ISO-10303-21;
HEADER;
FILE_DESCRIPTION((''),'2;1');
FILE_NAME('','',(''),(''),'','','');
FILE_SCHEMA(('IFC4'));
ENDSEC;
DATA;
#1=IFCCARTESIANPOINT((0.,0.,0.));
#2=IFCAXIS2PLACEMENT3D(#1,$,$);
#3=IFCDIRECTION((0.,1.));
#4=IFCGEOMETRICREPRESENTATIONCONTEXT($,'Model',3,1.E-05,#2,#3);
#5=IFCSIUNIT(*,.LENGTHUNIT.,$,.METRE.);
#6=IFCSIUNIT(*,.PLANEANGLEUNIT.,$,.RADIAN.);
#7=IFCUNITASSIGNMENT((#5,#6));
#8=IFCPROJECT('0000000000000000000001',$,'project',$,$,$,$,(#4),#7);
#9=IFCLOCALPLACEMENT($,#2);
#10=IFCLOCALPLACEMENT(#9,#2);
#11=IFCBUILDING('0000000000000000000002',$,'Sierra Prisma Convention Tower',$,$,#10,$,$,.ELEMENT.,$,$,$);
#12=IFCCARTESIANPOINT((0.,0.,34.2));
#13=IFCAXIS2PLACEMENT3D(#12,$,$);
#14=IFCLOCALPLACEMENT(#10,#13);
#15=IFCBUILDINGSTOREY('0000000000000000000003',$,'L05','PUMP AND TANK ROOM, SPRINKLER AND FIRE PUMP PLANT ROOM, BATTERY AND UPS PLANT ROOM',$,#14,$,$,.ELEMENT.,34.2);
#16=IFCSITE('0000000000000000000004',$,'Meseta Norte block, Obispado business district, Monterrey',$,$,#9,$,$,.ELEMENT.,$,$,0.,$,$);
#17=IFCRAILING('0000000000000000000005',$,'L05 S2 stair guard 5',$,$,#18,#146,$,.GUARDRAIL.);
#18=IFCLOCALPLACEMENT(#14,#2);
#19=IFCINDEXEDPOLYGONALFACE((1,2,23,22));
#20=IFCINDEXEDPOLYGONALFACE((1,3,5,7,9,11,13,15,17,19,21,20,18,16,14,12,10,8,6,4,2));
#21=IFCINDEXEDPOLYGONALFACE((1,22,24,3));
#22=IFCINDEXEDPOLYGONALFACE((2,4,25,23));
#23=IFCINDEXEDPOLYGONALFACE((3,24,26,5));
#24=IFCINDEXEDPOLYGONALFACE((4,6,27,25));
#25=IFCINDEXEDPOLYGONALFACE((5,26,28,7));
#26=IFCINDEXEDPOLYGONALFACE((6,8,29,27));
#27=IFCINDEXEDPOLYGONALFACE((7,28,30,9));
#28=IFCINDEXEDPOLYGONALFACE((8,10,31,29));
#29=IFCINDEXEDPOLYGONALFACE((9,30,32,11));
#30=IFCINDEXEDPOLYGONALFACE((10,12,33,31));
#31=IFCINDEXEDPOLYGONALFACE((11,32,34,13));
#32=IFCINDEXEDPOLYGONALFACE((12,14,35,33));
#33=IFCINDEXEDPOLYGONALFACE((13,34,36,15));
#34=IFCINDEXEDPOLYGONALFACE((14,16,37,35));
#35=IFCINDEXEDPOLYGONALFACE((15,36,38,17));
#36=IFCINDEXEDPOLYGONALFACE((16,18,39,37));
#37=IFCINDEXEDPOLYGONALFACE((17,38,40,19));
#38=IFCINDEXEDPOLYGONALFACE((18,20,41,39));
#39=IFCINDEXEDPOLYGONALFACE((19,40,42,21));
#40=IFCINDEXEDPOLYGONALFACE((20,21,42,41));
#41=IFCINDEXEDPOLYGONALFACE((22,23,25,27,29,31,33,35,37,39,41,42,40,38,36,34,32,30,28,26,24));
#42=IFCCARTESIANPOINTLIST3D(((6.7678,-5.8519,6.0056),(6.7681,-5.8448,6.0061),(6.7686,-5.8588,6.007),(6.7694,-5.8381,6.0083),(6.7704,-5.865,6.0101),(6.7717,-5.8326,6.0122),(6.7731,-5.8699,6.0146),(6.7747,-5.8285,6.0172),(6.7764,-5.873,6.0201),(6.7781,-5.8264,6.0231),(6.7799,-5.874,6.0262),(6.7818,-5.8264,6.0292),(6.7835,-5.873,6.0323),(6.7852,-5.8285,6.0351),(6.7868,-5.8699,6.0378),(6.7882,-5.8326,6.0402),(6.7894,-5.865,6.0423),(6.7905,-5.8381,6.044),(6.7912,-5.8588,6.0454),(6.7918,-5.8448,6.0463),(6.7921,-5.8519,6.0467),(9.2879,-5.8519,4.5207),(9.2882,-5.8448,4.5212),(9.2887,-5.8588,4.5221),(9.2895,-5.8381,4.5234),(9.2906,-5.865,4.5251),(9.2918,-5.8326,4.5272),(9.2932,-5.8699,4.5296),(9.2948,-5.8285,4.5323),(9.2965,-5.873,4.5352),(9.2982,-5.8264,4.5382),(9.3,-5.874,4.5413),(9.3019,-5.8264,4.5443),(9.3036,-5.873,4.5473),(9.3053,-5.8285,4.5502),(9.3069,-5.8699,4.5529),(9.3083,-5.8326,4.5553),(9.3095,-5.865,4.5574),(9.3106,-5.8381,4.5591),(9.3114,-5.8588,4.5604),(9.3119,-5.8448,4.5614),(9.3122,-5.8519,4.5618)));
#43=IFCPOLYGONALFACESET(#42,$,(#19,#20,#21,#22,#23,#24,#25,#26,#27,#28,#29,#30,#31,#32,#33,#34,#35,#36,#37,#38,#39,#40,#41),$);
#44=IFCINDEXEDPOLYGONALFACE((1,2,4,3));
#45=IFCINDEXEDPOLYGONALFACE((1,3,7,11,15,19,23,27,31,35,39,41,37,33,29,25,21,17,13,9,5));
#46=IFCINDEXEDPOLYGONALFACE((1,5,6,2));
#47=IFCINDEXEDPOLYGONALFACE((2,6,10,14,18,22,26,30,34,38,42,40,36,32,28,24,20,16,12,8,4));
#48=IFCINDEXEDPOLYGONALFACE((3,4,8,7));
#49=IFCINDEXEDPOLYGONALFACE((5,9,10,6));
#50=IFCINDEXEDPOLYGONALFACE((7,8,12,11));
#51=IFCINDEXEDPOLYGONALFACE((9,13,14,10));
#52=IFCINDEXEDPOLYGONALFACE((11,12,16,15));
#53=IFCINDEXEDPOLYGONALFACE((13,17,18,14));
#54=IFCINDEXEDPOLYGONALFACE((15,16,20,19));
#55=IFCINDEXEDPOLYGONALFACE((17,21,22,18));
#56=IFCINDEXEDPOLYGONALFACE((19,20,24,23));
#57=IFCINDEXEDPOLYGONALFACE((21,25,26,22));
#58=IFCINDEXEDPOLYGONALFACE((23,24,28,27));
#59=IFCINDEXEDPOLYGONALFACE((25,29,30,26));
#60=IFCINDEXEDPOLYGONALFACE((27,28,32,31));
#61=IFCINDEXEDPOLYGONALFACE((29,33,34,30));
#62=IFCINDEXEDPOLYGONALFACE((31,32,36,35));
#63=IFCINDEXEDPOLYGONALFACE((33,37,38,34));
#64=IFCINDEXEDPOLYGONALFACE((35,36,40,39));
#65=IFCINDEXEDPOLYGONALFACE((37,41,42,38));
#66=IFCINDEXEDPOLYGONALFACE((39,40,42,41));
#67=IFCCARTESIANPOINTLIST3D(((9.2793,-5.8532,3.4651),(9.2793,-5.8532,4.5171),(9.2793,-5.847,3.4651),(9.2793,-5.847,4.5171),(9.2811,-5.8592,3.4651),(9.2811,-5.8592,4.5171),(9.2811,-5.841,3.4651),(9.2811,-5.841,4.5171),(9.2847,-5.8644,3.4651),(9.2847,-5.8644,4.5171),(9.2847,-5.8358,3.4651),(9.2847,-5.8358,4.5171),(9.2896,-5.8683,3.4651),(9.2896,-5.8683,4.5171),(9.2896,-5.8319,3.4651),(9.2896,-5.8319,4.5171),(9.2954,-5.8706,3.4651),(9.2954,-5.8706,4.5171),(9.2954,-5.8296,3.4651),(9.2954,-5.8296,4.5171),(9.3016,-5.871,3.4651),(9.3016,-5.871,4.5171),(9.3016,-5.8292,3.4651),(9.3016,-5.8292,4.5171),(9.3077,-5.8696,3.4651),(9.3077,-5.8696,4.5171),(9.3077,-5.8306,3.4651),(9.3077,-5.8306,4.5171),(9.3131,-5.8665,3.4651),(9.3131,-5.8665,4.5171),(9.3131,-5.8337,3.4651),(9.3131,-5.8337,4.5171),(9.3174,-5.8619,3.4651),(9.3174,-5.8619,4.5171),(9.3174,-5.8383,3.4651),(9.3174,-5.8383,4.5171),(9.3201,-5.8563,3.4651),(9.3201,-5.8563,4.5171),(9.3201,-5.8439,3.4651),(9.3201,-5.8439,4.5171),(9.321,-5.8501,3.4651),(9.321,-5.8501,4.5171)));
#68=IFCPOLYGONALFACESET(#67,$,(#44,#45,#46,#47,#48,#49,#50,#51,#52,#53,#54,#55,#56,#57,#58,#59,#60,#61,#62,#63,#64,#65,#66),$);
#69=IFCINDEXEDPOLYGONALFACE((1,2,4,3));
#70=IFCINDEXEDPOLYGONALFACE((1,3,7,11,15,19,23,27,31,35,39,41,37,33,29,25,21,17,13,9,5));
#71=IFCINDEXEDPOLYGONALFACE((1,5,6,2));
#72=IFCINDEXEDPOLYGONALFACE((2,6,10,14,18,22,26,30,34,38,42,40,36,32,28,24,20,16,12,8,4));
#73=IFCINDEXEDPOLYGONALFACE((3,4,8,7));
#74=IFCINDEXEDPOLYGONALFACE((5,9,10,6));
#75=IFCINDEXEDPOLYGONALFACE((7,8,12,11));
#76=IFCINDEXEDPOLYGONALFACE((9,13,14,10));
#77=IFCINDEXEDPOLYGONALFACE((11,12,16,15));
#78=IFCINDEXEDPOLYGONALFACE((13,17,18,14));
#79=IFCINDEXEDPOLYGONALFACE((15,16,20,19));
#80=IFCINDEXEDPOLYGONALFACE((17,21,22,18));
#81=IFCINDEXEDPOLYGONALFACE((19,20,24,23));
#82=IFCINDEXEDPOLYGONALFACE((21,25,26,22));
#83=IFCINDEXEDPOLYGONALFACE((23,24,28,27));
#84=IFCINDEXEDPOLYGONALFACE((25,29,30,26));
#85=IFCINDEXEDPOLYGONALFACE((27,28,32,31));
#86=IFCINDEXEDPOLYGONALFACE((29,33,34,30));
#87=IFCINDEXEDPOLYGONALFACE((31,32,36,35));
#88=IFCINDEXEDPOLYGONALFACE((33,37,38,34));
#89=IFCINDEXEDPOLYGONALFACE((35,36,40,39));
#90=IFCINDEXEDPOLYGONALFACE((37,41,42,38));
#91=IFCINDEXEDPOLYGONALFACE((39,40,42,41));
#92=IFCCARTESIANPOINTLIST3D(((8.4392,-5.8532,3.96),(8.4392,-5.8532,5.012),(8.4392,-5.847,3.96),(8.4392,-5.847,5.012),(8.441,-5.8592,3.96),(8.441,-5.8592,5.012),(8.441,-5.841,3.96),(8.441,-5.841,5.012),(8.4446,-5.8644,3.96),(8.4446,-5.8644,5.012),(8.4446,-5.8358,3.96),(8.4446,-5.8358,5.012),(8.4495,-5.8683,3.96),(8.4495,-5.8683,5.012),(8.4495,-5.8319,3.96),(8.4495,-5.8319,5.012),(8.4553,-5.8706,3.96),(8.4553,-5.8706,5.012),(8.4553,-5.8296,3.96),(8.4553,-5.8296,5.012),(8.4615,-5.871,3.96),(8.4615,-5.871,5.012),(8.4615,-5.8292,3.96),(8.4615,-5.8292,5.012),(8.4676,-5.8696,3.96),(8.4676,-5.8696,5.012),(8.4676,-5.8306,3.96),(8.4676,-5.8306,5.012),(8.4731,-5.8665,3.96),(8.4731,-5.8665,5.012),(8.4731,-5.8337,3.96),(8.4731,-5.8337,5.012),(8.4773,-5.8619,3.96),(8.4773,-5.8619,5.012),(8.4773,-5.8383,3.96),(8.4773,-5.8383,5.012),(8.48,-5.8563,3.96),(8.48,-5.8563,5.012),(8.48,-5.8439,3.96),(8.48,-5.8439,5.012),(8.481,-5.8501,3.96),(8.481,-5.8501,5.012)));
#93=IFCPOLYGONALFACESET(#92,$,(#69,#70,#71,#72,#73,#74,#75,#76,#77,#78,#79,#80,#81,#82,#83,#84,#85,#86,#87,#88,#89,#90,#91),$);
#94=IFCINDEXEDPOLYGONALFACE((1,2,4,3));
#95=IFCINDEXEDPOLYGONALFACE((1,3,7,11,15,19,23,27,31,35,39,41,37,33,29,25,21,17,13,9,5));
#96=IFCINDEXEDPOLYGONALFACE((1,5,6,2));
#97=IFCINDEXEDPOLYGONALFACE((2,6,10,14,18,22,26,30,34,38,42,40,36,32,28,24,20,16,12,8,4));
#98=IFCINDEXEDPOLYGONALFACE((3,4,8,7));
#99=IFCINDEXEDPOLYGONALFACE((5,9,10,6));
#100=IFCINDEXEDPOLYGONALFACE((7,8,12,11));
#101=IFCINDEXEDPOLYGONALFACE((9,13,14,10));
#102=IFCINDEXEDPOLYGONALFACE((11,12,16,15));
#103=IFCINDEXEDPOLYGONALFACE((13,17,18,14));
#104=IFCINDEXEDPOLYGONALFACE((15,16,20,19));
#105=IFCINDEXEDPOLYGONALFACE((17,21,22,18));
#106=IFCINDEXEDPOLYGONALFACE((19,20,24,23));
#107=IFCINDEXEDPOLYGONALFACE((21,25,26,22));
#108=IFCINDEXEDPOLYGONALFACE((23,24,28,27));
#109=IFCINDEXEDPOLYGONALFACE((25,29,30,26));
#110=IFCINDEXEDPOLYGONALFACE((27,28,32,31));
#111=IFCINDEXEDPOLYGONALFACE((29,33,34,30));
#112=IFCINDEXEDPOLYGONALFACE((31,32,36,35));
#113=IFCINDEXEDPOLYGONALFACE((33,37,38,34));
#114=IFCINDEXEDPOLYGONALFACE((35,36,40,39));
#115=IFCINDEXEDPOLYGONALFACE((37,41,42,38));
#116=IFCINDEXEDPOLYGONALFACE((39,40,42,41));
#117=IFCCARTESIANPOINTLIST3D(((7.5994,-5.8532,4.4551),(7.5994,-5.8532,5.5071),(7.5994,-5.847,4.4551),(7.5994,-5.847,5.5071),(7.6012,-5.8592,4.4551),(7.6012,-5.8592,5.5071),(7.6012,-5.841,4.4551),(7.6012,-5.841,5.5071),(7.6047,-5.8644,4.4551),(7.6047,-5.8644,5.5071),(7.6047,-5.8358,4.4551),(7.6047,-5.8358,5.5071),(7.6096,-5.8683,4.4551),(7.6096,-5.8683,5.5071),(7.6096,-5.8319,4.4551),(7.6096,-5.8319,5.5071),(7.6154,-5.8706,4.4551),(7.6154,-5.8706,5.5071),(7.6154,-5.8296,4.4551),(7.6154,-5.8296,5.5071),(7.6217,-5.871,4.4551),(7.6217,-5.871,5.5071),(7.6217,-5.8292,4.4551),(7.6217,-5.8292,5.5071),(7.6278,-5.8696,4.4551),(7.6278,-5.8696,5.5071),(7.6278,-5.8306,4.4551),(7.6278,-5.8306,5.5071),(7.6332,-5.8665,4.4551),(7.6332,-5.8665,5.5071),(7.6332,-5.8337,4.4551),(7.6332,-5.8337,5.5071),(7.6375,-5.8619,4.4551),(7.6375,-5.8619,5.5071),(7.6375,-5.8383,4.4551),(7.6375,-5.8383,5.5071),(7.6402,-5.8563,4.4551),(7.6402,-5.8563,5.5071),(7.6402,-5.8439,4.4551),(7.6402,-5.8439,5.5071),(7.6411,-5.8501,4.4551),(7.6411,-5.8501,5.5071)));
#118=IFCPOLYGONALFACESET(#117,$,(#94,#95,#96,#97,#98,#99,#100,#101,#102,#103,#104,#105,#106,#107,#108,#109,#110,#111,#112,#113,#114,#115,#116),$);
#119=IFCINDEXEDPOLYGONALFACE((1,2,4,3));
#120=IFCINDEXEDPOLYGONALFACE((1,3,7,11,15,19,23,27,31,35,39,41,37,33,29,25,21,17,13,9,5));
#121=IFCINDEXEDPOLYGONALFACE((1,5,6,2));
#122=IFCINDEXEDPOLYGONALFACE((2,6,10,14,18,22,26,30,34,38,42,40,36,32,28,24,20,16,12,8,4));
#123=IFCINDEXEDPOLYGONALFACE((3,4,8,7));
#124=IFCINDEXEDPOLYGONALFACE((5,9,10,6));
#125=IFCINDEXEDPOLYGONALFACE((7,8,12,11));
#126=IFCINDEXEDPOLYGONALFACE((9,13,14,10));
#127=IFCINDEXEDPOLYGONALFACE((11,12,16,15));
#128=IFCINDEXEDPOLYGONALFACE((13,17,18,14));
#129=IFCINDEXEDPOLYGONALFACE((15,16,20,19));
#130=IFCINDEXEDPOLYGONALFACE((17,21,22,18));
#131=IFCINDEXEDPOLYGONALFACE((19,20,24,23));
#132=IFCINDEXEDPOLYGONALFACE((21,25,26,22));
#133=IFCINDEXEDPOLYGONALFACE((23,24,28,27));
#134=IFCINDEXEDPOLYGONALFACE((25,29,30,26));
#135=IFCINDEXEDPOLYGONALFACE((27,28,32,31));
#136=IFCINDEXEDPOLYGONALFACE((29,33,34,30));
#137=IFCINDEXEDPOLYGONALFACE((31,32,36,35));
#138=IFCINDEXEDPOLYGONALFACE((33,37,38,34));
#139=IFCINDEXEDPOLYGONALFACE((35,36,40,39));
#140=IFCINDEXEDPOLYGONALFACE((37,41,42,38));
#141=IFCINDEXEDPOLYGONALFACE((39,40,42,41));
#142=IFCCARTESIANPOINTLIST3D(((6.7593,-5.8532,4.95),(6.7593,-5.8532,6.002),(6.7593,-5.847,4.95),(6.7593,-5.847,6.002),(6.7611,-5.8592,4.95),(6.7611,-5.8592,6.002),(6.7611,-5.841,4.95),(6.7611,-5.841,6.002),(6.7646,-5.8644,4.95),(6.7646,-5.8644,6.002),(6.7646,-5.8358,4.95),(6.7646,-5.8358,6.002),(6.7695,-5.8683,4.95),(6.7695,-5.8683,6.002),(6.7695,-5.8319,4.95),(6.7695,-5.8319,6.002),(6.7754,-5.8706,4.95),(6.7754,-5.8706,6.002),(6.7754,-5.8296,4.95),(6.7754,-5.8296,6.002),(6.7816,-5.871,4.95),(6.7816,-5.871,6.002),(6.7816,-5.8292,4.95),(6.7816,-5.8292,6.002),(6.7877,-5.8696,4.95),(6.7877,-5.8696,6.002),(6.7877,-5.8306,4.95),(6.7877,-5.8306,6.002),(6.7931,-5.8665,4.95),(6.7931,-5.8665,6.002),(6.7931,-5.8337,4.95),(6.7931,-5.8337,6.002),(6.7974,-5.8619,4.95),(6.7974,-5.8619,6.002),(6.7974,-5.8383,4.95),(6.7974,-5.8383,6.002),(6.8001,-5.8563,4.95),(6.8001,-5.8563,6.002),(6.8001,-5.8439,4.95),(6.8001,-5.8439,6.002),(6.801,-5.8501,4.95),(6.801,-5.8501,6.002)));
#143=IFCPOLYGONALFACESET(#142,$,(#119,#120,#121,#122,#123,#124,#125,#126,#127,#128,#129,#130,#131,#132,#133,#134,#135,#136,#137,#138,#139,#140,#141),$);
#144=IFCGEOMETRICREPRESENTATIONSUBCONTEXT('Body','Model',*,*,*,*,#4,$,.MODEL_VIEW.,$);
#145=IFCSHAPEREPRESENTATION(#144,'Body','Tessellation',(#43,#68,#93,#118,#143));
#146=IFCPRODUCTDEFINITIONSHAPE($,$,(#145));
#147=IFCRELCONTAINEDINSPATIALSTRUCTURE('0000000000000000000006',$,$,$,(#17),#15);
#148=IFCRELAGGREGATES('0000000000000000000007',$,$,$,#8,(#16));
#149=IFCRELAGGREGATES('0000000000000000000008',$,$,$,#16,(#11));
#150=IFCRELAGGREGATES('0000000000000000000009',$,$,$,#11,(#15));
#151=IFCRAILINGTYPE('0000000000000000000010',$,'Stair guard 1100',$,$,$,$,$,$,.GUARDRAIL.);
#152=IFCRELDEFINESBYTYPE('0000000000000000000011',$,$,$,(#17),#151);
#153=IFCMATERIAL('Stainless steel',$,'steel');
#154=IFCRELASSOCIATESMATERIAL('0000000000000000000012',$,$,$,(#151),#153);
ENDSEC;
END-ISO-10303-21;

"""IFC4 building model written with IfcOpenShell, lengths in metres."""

from ifc_helpers import new_model, si_unit, direction, frame, origin, origin_2d, place, context, subcontext, project, spatial, circle, extrude, material, type_object, element, save


model = new_model("IFC4")

# Units and contexts
model_context = context("Model", 3, precision=1e-05, world=origin(), true_north=direction((0.0, 1.0)))
body_context = subcontext(model_context, "Body", "Model", "MODEL_VIEW")
ifc_project = project(units=[si_unit("LENGTHUNIT", "METRE"), si_unit("PLANEANGLEUNIT", "RADIAN")], contexts=[model_context])

# Site, building, storey
site_placement = place(None, origin())
site = spatial("IfcSite", under=ifc_project, at=site_placement, Name="Meseta Norte block, Obispado business district, Monterrey", CompositionType="ELEMENT", RefElevation=0.0)
building_placement = place(site_placement, origin())
building = spatial("IfcBuilding", under=site, at=building_placement, Name="Sierra Prisma Convention Tower", CompositionType="ELEMENT")
storey_placement = place(building_placement, frame((0.0, 0.0, 34.2)))
storey = spatial("IfcBuildingStorey", under=building, at=storey_placement, Name="L05", Description="PUMP AND TANK ROOM, SPRINKLER AND FIRE PUMP PLANT ROOM, BATTERY AND UPS PLANT ROOM", CompositionType="ELEMENT", Elevation=34.2)

# Railing
ifc_material_1 = material(Name="Stainless steel", Category="steel")
railing_type_1 = type_object("IfcRailingType", Name="Stair guard 1100", PredefinedType="GUARDRAIL", material=ifc_material_1)
railing_1_placement = place(storey_placement, frame((9.3, -5.8501, 3.4651)))
element("IfcRailing", 1, at=railing_1_placement, inside=storey, type_object=railing_type_1, Name="L05 S2 stair guard 5", PredefinedType="GUARDRAIL", context=body_context, shape_type="SweptSolid", body=[
    extrude(circle(Radius=0.0239, at=origin_2d()), frame((0.0, 0.0, 1.0762), z_axis=(-0.861561, 0.0, 0.507655), x_axis=(0.0, -1.0, 0.0)), (0.0, 0.0, 1.0), 2.925),
    extrude(circle(Radius=0.021, at=origin_2d()), origin(), (0.0, 0.0, 1.0), 1.052),
    extrude(circle(Radius=0.021, at=origin_2d()), frame((-0.8401, 0.0, 0.4949)), (0.0, 0.0, 1.0), 1.052),
    extrude(circle(Radius=0.021, at=origin_2d()), frame((-1.6799, 0.0, 0.99)), (0.0, 0.0, 1.0), 1.052),
    extrude(circle(Radius=0.021, at=origin_2d()), frame((-2.52, 0.0, 1.4849)), (0.0, 0.0, 1.0), 1.052),
])

save(model, "model.ifc")
